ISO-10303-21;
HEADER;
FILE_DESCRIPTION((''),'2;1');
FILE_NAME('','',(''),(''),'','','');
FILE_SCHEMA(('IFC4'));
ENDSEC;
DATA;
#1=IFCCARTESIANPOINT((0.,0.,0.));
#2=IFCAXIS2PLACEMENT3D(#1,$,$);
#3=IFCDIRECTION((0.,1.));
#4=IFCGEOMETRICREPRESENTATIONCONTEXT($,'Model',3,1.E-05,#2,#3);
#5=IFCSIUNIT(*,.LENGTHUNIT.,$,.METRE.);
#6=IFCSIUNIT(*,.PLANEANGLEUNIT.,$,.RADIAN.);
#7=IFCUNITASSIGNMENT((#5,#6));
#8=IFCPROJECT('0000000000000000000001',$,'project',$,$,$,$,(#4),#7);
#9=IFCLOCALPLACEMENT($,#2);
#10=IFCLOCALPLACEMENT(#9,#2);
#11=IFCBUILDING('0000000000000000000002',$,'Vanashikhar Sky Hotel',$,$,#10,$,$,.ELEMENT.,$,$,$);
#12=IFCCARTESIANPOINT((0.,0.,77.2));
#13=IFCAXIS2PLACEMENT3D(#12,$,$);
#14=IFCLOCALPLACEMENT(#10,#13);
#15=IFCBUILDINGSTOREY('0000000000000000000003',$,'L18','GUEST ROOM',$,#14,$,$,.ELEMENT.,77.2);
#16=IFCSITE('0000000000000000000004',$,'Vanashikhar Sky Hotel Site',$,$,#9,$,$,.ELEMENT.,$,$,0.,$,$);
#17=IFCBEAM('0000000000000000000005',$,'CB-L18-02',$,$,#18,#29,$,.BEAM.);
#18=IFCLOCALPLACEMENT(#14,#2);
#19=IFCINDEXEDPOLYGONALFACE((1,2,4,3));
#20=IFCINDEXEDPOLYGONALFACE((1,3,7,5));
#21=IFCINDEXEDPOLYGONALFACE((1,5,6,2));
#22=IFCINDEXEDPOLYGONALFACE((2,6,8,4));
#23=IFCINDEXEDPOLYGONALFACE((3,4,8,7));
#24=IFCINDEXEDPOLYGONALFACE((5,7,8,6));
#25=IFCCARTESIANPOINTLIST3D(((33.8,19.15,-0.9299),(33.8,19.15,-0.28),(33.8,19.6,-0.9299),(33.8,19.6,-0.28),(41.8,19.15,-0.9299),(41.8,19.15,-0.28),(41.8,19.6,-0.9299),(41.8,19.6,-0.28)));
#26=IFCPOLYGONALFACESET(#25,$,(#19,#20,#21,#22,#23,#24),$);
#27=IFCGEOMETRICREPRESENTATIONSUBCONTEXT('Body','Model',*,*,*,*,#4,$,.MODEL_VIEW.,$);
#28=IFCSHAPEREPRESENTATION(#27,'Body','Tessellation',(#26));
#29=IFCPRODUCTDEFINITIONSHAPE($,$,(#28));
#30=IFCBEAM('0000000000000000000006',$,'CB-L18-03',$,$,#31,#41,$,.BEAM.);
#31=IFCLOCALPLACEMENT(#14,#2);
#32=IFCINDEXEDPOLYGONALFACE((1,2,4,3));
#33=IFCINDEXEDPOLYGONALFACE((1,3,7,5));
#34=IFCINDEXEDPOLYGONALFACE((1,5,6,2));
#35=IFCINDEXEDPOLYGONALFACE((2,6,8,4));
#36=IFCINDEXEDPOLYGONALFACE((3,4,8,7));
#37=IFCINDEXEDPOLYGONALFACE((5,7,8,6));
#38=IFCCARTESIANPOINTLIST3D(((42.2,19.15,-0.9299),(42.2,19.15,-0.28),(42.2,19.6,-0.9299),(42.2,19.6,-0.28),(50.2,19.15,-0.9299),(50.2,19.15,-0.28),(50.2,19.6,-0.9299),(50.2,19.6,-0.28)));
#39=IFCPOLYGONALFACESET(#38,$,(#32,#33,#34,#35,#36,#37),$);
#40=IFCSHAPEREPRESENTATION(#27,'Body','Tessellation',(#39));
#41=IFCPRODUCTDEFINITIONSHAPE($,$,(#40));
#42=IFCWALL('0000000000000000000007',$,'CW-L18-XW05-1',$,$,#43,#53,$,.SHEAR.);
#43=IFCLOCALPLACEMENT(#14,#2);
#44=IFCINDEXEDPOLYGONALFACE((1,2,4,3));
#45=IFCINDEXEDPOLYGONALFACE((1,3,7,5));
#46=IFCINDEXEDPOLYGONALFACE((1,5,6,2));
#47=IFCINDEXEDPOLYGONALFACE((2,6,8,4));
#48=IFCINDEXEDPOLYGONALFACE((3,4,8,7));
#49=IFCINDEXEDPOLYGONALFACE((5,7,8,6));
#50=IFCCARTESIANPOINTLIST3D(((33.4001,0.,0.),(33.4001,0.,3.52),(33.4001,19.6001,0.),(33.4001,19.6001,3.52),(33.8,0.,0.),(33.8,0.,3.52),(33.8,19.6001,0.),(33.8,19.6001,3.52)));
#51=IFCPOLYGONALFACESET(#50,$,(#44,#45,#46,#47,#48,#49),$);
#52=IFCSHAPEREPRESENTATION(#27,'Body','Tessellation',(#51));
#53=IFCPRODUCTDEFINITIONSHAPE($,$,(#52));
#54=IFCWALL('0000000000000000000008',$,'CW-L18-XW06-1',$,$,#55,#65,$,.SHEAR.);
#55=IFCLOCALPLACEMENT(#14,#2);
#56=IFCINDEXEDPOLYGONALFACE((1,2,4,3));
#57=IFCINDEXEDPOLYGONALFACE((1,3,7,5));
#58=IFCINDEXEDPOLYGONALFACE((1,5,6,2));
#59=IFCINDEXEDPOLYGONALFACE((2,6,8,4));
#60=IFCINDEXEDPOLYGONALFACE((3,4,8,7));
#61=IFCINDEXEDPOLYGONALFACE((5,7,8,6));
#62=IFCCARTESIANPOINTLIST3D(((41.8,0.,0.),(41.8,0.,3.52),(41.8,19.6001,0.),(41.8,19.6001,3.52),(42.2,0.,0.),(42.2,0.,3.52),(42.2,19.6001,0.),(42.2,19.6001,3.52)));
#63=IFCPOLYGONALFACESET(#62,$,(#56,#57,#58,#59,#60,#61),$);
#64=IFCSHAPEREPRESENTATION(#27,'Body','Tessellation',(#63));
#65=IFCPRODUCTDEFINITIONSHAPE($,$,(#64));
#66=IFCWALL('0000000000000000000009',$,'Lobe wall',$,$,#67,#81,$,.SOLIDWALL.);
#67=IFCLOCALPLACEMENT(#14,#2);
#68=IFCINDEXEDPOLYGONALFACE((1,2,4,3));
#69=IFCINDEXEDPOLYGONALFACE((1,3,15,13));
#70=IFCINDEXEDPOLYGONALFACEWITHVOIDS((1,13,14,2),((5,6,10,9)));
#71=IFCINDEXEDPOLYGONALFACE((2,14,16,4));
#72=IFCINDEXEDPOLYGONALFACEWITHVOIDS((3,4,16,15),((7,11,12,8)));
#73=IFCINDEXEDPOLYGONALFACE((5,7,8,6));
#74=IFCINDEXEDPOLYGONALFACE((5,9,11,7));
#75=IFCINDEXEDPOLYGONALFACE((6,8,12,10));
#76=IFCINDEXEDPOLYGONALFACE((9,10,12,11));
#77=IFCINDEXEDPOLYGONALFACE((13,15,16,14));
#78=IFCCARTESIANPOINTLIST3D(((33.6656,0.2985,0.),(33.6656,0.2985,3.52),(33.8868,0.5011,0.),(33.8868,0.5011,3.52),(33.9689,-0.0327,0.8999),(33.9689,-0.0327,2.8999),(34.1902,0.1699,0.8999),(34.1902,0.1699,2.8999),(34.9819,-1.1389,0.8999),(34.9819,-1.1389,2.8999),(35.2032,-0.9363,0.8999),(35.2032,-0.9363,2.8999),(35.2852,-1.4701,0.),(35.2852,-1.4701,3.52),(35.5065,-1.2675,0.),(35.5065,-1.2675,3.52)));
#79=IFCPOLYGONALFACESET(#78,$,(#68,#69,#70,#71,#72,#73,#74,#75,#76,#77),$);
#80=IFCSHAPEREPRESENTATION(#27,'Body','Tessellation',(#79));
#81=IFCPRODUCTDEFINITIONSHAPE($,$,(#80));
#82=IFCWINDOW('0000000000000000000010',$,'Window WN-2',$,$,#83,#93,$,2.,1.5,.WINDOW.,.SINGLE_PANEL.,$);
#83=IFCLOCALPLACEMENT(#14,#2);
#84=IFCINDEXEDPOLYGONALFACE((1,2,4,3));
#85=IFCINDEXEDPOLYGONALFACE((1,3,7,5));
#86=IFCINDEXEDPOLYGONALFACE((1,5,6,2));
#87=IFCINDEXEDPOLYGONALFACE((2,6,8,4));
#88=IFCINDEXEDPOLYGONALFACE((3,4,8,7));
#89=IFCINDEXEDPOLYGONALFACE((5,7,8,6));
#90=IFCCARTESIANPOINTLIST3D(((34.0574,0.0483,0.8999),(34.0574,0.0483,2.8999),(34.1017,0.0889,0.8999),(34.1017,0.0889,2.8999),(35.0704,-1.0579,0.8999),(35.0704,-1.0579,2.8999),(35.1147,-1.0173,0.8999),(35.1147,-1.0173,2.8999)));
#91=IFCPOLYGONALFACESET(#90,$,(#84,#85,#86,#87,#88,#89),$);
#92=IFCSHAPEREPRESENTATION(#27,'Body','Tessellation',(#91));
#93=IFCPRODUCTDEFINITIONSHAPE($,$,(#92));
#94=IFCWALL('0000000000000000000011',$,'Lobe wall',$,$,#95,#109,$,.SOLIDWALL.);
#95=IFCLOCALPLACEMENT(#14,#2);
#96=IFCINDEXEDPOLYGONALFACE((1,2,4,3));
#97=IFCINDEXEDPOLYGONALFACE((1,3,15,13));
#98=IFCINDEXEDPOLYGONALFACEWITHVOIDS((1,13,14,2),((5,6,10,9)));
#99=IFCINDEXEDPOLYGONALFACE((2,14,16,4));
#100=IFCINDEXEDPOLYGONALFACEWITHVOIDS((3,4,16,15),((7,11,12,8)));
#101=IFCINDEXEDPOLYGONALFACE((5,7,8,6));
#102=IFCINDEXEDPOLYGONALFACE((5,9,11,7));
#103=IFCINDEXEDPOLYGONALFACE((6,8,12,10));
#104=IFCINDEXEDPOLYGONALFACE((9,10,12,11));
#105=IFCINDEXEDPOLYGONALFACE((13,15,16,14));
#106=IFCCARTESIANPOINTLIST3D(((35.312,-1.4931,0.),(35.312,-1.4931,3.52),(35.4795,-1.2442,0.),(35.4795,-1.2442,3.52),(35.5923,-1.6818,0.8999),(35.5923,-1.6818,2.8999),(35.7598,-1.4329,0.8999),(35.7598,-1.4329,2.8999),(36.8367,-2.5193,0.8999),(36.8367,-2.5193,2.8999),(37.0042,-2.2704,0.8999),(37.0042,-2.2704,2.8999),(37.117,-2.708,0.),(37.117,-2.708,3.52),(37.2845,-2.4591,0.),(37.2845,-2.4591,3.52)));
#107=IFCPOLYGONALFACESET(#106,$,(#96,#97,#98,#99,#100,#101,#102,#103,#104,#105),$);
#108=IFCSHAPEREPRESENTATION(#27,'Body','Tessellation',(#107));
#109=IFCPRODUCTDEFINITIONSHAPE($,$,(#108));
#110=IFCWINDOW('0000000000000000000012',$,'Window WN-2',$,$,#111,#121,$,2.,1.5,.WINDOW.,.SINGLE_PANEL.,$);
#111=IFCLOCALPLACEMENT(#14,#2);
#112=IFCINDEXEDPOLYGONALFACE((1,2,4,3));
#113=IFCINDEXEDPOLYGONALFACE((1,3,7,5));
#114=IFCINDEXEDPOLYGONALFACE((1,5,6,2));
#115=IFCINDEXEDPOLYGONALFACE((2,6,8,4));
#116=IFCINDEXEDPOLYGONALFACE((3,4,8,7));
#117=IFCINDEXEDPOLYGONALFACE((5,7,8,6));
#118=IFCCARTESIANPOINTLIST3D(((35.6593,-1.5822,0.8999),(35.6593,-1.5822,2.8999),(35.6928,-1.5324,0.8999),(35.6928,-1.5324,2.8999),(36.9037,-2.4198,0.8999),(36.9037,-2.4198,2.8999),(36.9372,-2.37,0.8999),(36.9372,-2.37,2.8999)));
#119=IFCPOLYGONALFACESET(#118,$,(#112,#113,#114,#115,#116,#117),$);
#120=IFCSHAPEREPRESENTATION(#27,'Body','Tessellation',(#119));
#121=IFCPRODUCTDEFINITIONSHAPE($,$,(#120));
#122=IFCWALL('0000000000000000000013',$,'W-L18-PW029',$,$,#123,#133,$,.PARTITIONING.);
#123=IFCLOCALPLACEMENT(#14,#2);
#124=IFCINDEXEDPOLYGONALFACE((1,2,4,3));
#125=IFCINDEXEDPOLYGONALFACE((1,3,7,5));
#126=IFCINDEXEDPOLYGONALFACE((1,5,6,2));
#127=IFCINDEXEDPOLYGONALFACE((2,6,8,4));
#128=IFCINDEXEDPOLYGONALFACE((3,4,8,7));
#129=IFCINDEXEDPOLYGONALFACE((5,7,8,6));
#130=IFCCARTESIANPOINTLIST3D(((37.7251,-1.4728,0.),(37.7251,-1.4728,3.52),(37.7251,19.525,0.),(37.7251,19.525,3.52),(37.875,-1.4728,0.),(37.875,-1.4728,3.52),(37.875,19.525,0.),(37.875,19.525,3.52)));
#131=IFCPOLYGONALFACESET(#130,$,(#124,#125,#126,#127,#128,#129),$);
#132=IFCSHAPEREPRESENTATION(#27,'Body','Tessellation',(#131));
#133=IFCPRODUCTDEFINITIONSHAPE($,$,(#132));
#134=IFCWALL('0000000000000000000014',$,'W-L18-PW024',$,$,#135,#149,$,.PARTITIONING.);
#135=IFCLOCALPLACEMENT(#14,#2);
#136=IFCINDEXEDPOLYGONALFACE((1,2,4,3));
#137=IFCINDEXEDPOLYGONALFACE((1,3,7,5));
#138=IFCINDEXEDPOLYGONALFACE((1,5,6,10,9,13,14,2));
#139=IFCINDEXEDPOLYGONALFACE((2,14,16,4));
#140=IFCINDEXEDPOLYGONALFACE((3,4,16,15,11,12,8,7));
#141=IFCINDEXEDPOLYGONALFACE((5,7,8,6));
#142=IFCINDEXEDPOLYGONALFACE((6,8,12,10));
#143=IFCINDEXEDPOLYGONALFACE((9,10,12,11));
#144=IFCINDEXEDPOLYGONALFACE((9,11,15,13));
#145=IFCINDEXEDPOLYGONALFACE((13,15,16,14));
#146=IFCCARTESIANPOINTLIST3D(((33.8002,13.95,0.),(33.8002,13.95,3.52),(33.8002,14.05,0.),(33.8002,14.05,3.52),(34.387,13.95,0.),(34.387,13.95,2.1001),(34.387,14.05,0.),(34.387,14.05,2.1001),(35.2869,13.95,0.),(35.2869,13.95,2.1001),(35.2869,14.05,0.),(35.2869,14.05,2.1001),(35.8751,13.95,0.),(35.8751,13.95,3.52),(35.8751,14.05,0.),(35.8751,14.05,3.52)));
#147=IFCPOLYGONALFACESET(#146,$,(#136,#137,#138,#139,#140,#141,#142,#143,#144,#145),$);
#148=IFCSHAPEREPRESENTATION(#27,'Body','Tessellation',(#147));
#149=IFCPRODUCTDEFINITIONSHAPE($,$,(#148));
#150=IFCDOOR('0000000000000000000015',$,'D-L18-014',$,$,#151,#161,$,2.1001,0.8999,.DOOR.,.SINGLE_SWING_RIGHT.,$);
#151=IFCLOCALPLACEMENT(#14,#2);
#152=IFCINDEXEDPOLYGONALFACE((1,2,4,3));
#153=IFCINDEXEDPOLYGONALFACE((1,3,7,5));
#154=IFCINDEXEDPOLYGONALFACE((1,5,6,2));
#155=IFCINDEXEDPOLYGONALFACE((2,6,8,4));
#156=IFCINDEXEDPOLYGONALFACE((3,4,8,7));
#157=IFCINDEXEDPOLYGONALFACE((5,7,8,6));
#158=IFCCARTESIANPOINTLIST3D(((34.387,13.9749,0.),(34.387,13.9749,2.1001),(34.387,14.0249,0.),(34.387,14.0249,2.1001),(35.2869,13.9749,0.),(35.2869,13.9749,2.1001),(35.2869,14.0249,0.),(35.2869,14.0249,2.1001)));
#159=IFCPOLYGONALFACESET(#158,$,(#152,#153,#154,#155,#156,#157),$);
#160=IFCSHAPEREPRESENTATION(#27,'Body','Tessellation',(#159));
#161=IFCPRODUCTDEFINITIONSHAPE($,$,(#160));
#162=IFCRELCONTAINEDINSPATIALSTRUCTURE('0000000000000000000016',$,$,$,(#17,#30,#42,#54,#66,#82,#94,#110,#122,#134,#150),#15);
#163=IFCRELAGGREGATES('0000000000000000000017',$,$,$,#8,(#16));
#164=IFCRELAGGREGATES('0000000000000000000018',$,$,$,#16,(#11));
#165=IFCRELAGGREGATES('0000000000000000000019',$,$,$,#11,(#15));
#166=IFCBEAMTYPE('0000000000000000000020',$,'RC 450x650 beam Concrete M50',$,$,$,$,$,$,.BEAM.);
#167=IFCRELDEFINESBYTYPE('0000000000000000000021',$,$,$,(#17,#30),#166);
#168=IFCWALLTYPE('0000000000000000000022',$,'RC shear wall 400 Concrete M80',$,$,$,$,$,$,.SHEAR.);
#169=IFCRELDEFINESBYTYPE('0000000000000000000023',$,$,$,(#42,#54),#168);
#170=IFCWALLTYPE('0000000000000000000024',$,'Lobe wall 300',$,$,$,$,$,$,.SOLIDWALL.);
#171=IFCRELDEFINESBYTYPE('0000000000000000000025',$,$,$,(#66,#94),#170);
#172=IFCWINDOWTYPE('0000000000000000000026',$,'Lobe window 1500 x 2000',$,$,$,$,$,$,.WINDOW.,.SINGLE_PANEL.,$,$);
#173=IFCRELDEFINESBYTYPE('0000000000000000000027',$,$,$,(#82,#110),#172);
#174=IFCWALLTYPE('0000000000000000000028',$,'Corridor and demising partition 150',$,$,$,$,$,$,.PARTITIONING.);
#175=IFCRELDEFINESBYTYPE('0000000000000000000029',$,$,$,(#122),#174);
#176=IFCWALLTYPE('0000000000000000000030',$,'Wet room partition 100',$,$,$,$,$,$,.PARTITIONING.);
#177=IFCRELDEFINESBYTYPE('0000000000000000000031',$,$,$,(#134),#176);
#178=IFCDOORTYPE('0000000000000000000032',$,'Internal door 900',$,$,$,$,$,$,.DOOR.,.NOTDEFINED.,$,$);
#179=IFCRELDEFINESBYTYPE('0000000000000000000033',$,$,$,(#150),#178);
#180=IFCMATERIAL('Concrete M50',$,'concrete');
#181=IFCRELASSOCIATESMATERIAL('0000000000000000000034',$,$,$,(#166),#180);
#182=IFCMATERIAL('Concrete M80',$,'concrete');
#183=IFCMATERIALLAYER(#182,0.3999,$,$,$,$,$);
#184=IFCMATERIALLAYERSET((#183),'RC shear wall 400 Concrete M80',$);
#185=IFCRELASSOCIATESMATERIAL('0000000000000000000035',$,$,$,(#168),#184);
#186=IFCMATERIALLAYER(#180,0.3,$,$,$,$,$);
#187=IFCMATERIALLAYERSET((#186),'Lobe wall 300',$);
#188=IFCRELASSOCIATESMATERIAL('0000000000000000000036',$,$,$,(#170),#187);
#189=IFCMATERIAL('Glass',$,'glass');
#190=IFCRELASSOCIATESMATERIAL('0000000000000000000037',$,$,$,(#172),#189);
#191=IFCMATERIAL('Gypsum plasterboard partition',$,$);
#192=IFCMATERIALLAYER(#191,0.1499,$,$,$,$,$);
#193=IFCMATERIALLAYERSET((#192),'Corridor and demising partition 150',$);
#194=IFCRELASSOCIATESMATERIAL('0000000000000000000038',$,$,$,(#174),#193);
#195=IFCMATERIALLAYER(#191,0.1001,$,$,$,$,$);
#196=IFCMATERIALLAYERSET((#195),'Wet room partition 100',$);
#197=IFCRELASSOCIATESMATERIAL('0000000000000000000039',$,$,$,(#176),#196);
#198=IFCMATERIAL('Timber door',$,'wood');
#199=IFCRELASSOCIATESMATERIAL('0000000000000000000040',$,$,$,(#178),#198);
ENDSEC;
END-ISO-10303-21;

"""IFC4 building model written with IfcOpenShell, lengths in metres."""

from ifc_helpers import new_model, si_unit, direction, frame, frame_2d, origin, origin_2d, place, context, subcontext, project, spatial, rectangle, extrude, source, transform, mapped, material, layer, layer_set, material_profile, profile_set, type_object, element, fill, save


model = new_model("IFC4")

# Units and contexts
model_context = context("Model", 3, precision=1e-05, world=origin(), true_north=direction((0.0, 1.0)))
body_context = subcontext(model_context, "Body", "Model", "MODEL_VIEW")
ifc_project = project(units=[si_unit("LENGTHUNIT", "METRE"), si_unit("PLANEANGLEUNIT", "RADIAN")], contexts=[model_context])

# Site, building, storey
site_placement = place(None, origin())
site = spatial("IfcSite", under=ifc_project, at=site_placement, Name="Vanashikhar Sky Hotel Site", CompositionType="ELEMENT", RefElevation=0.0)
building_placement = place(site_placement, origin())
building = spatial("IfcBuilding", under=site, at=building_placement, Name="Vanashikhar Sky Hotel", CompositionType="ELEMENT")
storey_placement = place(building_placement, frame((0.0, 0.0, 77.2)))
storey = spatial("IfcBuildingStorey", under=building, at=storey_placement, Name="L18", Description="GUEST ROOM", CompositionType="ELEMENT", Elevation=77.2)

# Beams
ifc_material_1 = material(Name="Concrete M50", Category="concrete")
ifc_material_profile = material_profile(ifc_material_1, rectangle(XDim=0.45, YDim=0.6499, at=origin_2d()))
ifc_profile_set = profile_set([ifc_material_profile], Name="RC 450x650 beam Concrete M50")
beam_type = type_object("IfcBeamType", Name="RC 450x650 beam Concrete M50", PredefinedType="BEAM", material=ifc_profile_set)
shared_shape_1 = source(origin(), body_context, "Body", "SweptSolid", [
    extrude(rectangle(XDim=0.45, YDim=0.6499, at=origin_2d()), origin(), (0.0, 0.0, 1.0), 8.0),
])
for number, where, z_axis, x_axis, name in (
    (1, (33.8, 19.375, -0.605), (1.0, 0.0, 0.0), (0.0, 1.0, 0.0), "CB-L18-02"),
    (2, (42.2, 19.375, -0.605), (1.0, 0.0, 0.0), (0.0, 1.0, 0.0), "CB-L18-03"),
):
    element("IfcBeam", number, at=place(storey_placement, frame(where, z_axis=z_axis, x_axis=x_axis)), inside=storey, type_object=beam_type, Name=name, PredefinedType="BEAM", context=body_context, shape_type="MappedRepresentation", body=[
        mapped(shared_shape_1, transform((0.0, 0.0, 0.0), scale=1.0)),
    ])

# Walls
ifc_material_2 = material(Name="Concrete M80", Category="concrete")
ifc_layer_1 = layer(ifc_material_2, 0.3999)
ifc_layer_set_1 = layer_set([ifc_layer_1], Name="RC shear wall 400 Concrete M80")
wall_type_1 = type_object("IfcWallType", Name="RC shear wall 400 Concrete M80", PredefinedType="SHEAR", material=ifc_layer_set_1)
shared_shape_2 = source(origin(), body_context, "Body", "SweptSolid", [
    extrude(rectangle(XDim=19.6001, YDim=0.3999, at=frame_2d((9.8, 0.0))), origin(), (0.0, 0.0, 1.0), 3.52),
])
for number, where, z_axis, x_axis, name in (
    (3, (33.6001, 0.0, 0.0), (0.0, 0.0, 1.0), (0.0, 1.0, 0.0), "CW-L18-XW05-1"),
    (4, (42.0, 0.0, 0.0), (0.0, 0.0, 1.0), (0.0, 1.0, 0.0), "CW-L18-XW06-1"),
):
    element("IfcWall", number, at=place(storey_placement, frame(where, z_axis=z_axis, x_axis=x_axis)), inside=storey, type_object=wall_type_1, Name=name, PredefinedType="SHEAR", context=body_context, shape_type="MappedRepresentation", body=[
        mapped(shared_shape_2, transform((0.0, 0.0, 0.0), scale=1.0)),
    ])

# Walls, openings, windows
ifc_layer_2 = layer(ifc_material_1, 0.3)
ifc_layer_set_2 = layer_set([ifc_layer_2], Name="Lobe wall 300")
wall_type_2 = type_object("IfcWallType", Name="Lobe wall 300", PredefinedType="SOLIDWALL", material=ifc_layer_set_2)
shared_shape_3 = source(origin(), body_context, "Body", "SweptSolid", [
    extrude(rectangle(XDim=2.3982, YDim=0.3, at=frame_2d((1.1992, 0.0))), origin(), (0.0, 0.0, 1.0), 3.52),
])
wall_1_placement = place(storey_placement, frame((33.7761, 0.3999, 0.0), z_axis=(0.0, 0.0, 1.0), x_axis=(0.675374, -0.737475, 0.0)))
wall_1 = element("IfcWall", 5, at=wall_1_placement, inside=storey, type_object=wall_type_2, Name="Lobe wall", PredefinedType="SOLIDWALL", context=body_context, shape_type="MappedRepresentation", body=[
    mapped(shared_shape_3, transform((0.0, 0.0, 0.0), scale=1.0)),
])
shared_shape_4 = source(origin(), body_context, "Body", "SweptSolid", [
    extrude(rectangle(XDim=1.5, YDim=2.0, at=frame_2d((0.75, 1.0))), frame((0.0, 0.1602, 0.0), z_axis=(0.0, -1.0, 0.0), x_axis=(1.0, 0.0, 0.0)), (0.0, 0.0, 1.0), 0.3201),
])
opening_1_placement = place(wall_1_placement, frame((0.4492, 0.0, 0.8999)))
opening_1 = element("IfcOpeningElement", 6, at=opening_1_placement, cuts=wall_1, PredefinedType="OPENING", context=body_context, shape_type="MappedRepresentation", body=[
    mapped(shared_shape_4, transform((0.0, 0.0, 0.0), scale=1.0)),
])
ifc_material_3 = material(Name="Glass", Category="glass")
window_type_1 = type_object("IfcWindowType", Name="Lobe window 1500 x 2000", PartitioningType="SINGLE_PANEL", PredefinedType="WINDOW", material=ifc_material_3)
shared_shape_5 = source(origin(), body_context, "Body", "SweptSolid", [
    extrude(rectangle(XDim=1.5, YDim=2.0, at=frame_2d((0.75, 1.0))), frame((0.0, 0.03, 0.0), z_axis=(0.0, -1.0, 0.0), x_axis=(1.0, 0.0, 0.0)), (0.0, 0.0, 1.0), 0.0601),
])
window_1_placement = place(opening_1_placement, origin())
window_1 = element("IfcWindow", 7, at=window_1_placement, inside=storey, type_object=window_type_1, Name="Window WN-2", OverallHeight=2.0, OverallWidth=1.5, PartitioningType="SINGLE_PANEL", PredefinedType="WINDOW", context=body_context, shape_type="MappedRepresentation", body=[
    mapped(shared_shape_5, transform((0.0, 0.0, 0.0), scale=1.0)),
])
fill(opening_1, window_1)
shared_shape_6 = source(origin(), body_context, "Body", "SweptSolid", [
    extrude(rectangle(XDim=2.1758, YDim=0.3, at=frame_2d((1.0879, 0.0))), origin(), (0.0, 0.0, 1.0), 3.52),
])
wall_2_placement = place(storey_placement, frame((35.3958, -1.3687, 0.0), z_axis=(0.0, 0.0, 1.0), x_axis=(0.829591, -0.558372, 0.0)))
wall_2 = element("IfcWall", 8, at=wall_2_placement, inside=storey, type_object=wall_type_2, Name="Lobe wall", PredefinedType="SOLIDWALL", context=body_context, shape_type="MappedRepresentation", body=[
    mapped(shared_shape_6, transform((0.0, 0.0, 0.0), scale=1.0)),
])
opening_2_placement = place(wall_2_placement, frame((0.3379, 0.0, 0.8999)))
opening_2 = element("IfcOpeningElement", 9, at=opening_2_placement, cuts=wall_2, PredefinedType="OPENING", context=body_context, shape_type="MappedRepresentation", body=[
    mapped(shared_shape_4, transform((0.0, 0.0, 0.0), scale=1.0)),
])
window_2_placement = place(opening_2_placement, origin())
window_2 = element("IfcWindow", 10, at=window_2_placement, inside=storey, type_object=window_type_1, Name="Window WN-2", OverallHeight=2.0, OverallWidth=1.5, PartitioningType="SINGLE_PANEL", PredefinedType="WINDOW", context=body_context, shape_type="MappedRepresentation", body=[
    mapped(shared_shape_5, transform((0.0, 0.0, 0.0), scale=1.0)),
])
fill(opening_2, window_2)

# Wall
ifc_material_4 = material(Name="Gypsum plasterboard partition")
ifc_layer_3 = layer(ifc_material_4, 0.1499)
ifc_layer_set_3 = layer_set([ifc_layer_3], Name="Corridor and demising partition 150")
wall_type_3 = type_object("IfcWallType", Name="Corridor and demising partition 150", PredefinedType="PARTITIONING", material=ifc_layer_set_3)
shared_shape_7 = source(origin(), body_context, "Body", "SweptSolid", [
    extrude(rectangle(XDim=20.9978, YDim=0.1499, at=frame_2d((10.499, 0.0))), origin(), (0.0, 0.0, 1.0), 3.52),
])
wall_3_placement = place(storey_placement, frame((37.8, -1.4729, 0.0), z_axis=(0.0, 0.0, 1.0), x_axis=(0.0, 1.0, 0.0)))
element("IfcWall", 11, at=wall_3_placement, inside=storey, type_object=wall_type_3, Name="W-L18-PW029", PredefinedType="PARTITIONING", context=body_context, shape_type="MappedRepresentation", body=[
    mapped(shared_shape_7, transform((0.0, 0.0, 0.0), scale=1.0)),
])

# Wall, opening, door
ifc_layer_4 = layer(ifc_material_4, 0.1001)
ifc_layer_set_4 = layer_set([ifc_layer_4], Name="Wet room partition 100")
wall_type_4 = type_object("IfcWallType", Name="Wet room partition 100", PredefinedType="PARTITIONING", material=ifc_layer_set_4)
shared_shape_8 = source(origin(), body_context, "Body", "SweptSolid", [
    extrude(rectangle(XDim=2.075, YDim=0.1001, at=frame_2d((1.0376, 0.0))), origin(), (0.0, 0.0, 1.0), 3.52),
])
wall_4_placement = place(storey_placement, frame((33.8, 14.0, 0.0), z_axis=(0.0, 0.0, 1.0), x_axis=(1.0, 0.0, 0.0)))
wall_4 = element("IfcWall", 12, at=wall_4_placement, inside=storey, type_object=wall_type_4, Name="W-L18-PW024", PredefinedType="PARTITIONING", context=body_context, shape_type="MappedRepresentation", body=[
    mapped(shared_shape_8, transform((0.0, 0.0, 0.0), scale=1.0)),
])
shared_shape_9 = source(origin(), body_context, "Body", "SweptSolid", [
    extrude(rectangle(XDim=0.8999, YDim=2.1001, at=frame_2d((0.45, 1.05))), frame((0.0, 0.0601, 0.0), z_axis=(0.0, -1.0, 0.0), x_axis=(1.0, 0.0, 0.0)), (0.0, 0.0, 1.0), 0.1201),
])
opening_3_placement = place(wall_4_placement, frame((0.5869, 0.0, 0.0)))
opening_3 = element("IfcOpeningElement", 13, at=opening_3_placement, cuts=wall_4, PredefinedType="OPENING", context=body_context, shape_type="MappedRepresentation", body=[
    mapped(shared_shape_9, transform((0.0, 0.0, 0.0), scale=1.0)),
])
ifc_material_5 = material(Name="Timber door", Category="wood")
door_type_1 = type_object("IfcDoorType", Name="Internal door 900", OperationType="NOTDEFINED", PredefinedType="DOOR", material=ifc_material_5)
shared_shape_10 = source(origin(), body_context, "Body", "SweptSolid", [
    extrude(rectangle(XDim=0.8999, YDim=2.1001, at=frame_2d((0.45, 1.05))), frame((0.0, 0.0249, 0.0), z_axis=(0.0, -1.0, 0.0), x_axis=(1.0, 0.0, 0.0)), (0.0, 0.0, 1.0), 0.05),
])
door_1_placement = place(opening_3_placement, origin())
door_1 = element("IfcDoor", 14, at=door_1_placement, inside=storey, type_object=door_type_1, Name="D-L18-014", OperationType="SINGLE_SWING_RIGHT", OverallHeight=2.1001, OverallWidth=0.8999, PredefinedType="DOOR", context=body_context, shape_type="MappedRepresentation", body=[
    mapped(shared_shape_10, transform((0.0, 0.0, 0.0), scale=1.0)),
])
fill(opening_3, door_1)

save(model, "model.ifc")
